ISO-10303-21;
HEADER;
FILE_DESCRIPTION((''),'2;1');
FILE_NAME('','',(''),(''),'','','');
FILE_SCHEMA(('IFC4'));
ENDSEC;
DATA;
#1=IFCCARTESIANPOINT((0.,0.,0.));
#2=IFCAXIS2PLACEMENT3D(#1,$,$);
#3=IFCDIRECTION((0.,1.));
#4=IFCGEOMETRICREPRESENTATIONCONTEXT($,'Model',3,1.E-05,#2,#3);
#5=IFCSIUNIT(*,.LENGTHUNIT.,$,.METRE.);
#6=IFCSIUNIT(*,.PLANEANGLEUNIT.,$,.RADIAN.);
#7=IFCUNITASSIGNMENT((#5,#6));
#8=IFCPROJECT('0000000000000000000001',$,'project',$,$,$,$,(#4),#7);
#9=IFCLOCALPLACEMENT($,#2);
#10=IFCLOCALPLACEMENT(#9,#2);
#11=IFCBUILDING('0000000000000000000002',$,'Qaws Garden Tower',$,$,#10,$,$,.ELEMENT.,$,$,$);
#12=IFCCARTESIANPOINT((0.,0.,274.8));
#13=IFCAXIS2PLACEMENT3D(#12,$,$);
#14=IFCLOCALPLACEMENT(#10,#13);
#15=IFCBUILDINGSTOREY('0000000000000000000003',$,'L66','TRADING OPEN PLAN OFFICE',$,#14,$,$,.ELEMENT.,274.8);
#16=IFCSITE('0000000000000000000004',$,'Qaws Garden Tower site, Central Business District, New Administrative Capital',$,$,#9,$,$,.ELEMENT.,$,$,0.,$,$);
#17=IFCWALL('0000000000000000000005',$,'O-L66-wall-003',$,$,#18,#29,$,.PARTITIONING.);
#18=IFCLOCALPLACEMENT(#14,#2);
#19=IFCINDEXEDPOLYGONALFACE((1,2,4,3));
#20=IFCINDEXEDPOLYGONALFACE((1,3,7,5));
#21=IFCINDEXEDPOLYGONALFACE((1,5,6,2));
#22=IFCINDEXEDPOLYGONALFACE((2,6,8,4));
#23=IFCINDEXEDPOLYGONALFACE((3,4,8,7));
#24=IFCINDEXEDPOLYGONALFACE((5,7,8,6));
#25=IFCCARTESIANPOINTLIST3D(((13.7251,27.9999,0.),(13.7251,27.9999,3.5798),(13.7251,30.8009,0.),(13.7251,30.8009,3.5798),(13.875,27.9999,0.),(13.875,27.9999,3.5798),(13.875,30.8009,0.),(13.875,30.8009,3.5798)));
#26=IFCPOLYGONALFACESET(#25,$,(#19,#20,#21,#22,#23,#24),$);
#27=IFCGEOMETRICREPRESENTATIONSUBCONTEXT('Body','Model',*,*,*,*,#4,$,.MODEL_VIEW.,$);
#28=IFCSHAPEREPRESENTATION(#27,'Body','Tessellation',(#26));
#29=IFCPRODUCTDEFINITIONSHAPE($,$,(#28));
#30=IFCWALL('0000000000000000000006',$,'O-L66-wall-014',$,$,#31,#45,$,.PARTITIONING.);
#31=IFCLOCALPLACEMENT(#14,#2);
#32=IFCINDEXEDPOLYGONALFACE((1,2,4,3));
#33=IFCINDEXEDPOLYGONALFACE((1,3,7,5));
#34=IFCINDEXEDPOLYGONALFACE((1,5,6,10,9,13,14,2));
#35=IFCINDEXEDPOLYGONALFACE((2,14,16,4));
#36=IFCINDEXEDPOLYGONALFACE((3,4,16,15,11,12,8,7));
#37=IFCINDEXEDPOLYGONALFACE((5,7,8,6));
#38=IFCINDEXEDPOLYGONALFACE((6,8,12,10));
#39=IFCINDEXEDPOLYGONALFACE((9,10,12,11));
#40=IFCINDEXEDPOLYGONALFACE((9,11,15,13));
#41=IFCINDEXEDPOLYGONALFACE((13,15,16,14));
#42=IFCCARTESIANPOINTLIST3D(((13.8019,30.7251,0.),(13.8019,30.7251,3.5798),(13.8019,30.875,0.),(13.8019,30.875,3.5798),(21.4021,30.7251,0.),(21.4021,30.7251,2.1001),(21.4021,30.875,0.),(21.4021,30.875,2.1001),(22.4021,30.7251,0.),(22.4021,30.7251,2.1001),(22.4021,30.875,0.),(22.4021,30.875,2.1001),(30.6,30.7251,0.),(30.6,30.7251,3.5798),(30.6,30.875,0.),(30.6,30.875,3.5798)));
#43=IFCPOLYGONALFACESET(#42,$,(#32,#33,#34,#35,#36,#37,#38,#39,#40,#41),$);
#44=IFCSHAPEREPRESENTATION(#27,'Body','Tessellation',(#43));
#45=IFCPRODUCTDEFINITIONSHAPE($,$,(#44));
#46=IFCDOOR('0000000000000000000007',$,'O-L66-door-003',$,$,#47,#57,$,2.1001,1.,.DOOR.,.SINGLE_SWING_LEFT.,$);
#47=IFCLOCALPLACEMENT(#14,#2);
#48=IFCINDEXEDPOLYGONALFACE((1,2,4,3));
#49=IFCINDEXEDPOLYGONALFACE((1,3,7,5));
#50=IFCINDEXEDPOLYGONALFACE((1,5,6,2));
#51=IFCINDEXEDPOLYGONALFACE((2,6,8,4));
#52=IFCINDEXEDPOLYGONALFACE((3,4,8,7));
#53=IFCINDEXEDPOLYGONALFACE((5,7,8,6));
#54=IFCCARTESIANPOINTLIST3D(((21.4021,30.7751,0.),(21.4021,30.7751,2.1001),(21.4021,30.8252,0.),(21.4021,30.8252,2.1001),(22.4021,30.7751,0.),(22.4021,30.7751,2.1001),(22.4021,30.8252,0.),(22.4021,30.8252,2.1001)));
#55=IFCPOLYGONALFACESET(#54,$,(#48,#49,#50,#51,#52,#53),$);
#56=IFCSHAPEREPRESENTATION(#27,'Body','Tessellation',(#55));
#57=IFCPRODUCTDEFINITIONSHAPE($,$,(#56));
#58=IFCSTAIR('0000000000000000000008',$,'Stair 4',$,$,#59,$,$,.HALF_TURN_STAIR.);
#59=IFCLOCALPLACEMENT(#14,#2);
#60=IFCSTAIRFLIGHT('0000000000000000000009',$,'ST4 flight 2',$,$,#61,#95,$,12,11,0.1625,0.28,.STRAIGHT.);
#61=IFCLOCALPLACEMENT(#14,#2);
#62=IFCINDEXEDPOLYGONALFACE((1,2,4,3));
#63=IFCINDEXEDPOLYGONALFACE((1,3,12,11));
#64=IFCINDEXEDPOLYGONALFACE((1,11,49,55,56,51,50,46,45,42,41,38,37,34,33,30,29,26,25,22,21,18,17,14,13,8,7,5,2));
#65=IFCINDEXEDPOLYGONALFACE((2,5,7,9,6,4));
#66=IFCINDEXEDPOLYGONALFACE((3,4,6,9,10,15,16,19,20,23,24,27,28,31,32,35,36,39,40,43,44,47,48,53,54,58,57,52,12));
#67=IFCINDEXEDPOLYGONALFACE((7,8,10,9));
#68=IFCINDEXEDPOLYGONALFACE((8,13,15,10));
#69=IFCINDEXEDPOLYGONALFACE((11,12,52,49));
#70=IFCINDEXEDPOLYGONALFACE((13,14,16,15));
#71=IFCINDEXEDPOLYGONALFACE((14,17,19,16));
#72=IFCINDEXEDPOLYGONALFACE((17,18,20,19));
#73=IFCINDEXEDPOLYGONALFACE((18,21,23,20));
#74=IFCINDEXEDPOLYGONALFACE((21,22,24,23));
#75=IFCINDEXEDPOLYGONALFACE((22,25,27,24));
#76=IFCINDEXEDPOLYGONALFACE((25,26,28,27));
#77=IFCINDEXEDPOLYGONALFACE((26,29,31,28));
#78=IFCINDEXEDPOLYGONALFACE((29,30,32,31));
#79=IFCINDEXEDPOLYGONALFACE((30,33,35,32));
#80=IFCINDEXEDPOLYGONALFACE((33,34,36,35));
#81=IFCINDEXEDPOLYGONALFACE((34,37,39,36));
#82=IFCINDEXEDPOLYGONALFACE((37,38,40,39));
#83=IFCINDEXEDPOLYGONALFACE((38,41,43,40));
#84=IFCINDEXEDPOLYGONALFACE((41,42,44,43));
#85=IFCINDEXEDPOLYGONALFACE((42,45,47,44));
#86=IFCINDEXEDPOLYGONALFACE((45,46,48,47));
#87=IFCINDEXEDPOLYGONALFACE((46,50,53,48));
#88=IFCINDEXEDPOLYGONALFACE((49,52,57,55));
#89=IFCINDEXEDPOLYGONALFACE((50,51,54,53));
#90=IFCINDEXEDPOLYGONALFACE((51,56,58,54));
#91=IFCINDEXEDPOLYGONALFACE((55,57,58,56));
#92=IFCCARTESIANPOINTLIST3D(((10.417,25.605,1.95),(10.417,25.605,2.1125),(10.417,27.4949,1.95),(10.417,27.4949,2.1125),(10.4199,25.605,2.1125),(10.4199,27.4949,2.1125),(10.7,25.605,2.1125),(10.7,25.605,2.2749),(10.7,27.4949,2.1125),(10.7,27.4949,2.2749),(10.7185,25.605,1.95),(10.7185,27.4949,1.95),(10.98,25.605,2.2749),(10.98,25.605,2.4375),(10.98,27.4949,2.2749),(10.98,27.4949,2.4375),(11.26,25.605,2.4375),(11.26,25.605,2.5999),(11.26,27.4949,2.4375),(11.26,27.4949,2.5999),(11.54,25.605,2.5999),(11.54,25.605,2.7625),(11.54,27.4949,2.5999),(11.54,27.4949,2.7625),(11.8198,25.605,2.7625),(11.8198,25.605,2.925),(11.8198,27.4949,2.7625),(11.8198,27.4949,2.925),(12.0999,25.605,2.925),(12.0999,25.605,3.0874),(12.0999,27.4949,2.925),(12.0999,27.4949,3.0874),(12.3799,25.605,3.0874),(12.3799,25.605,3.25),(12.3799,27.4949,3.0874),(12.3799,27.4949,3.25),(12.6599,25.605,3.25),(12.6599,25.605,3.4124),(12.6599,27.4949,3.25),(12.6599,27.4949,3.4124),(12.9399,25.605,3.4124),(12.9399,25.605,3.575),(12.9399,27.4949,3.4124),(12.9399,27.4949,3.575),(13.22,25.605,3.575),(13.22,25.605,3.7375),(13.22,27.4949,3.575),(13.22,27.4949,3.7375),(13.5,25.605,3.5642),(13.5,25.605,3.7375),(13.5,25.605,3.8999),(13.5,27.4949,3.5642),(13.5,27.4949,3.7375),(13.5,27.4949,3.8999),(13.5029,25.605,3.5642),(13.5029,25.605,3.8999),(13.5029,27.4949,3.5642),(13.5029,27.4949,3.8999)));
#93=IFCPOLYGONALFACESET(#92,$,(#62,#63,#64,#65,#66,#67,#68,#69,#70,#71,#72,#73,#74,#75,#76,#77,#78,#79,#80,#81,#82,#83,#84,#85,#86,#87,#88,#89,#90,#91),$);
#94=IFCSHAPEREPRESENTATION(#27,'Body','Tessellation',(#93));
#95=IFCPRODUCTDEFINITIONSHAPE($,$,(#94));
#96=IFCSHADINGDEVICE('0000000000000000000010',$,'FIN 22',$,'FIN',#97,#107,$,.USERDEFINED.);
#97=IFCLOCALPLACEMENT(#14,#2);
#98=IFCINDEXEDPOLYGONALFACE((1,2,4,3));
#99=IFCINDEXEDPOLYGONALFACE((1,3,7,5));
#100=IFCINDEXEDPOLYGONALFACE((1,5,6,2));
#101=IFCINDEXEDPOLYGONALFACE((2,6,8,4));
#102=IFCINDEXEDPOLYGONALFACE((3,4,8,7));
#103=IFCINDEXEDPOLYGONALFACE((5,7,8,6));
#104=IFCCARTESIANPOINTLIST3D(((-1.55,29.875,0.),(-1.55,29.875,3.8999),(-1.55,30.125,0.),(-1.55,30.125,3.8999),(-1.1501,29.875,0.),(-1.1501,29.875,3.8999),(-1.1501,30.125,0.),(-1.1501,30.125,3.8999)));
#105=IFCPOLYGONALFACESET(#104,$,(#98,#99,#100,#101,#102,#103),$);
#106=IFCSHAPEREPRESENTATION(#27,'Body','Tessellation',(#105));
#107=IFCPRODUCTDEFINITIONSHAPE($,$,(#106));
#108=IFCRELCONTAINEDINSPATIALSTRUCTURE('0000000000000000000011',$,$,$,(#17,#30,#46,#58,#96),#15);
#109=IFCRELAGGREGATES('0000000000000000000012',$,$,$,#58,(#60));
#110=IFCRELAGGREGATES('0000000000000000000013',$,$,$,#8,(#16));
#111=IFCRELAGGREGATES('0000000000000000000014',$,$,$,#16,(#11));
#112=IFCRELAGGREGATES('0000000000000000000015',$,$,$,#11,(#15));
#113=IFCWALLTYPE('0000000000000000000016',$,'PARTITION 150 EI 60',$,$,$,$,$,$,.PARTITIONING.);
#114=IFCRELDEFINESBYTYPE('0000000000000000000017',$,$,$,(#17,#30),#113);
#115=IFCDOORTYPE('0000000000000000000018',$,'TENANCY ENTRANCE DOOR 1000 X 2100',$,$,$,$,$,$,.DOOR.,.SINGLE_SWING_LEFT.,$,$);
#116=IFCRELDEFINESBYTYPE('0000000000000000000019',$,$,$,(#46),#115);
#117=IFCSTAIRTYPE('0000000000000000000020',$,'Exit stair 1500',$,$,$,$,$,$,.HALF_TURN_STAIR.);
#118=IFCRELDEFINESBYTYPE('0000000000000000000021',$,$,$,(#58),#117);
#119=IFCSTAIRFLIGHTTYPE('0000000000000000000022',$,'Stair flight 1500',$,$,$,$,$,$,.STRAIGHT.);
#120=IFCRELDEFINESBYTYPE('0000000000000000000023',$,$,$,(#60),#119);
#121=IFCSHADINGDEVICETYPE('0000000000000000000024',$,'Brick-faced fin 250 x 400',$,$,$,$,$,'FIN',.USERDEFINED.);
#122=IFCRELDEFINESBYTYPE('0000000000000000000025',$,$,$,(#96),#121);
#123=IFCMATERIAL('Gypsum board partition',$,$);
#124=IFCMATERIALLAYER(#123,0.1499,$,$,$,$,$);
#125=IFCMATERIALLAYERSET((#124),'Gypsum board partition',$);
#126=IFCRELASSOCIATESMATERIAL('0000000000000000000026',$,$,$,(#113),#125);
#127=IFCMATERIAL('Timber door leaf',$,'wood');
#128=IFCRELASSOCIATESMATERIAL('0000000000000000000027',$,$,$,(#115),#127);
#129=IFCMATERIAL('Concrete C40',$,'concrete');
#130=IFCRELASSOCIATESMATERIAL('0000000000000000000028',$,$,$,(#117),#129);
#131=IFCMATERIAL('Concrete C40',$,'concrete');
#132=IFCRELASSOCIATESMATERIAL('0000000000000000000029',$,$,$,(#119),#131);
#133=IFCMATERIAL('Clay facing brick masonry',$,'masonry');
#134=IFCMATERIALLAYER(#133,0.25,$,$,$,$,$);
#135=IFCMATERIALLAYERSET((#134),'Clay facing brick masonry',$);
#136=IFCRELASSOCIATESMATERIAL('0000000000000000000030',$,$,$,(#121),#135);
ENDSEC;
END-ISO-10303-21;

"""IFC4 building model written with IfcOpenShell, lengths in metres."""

from ifc_helpers import new_model, si_unit, direction, frame, frame_2d, origin, origin_2d, place, context, subcontext, project, spatial, polyline, rectangle, outline, extrude, material, layer, layer_set, type_object, element, fill, aggregate, save


model = new_model("IFC4")

# Units and contexts
model_context = context("Model", 3, precision=1e-05, world=origin(), true_north=direction((0.0, 1.0)))
body_context = subcontext(model_context, "Body", "Model", "MODEL_VIEW")
ifc_project = project(units=[si_unit("LENGTHUNIT", "METRE"), si_unit("PLANEANGLEUNIT", "RADIAN")], contexts=[model_context])

# Site, building, storey
site_placement = place(None, origin())
site = spatial("IfcSite", under=ifc_project, at=site_placement, Name="Qaws Garden Tower site, Central Business District, New Administrative Capital", CompositionType="ELEMENT", RefElevation=0.0)
building_placement = place(site_placement, origin())
building = spatial("IfcBuilding", under=site, at=building_placement, Name="Qaws Garden Tower", CompositionType="ELEMENT")
storey_placement = place(building_placement, frame((0.0, 0.0, 274.8)))
storey = spatial("IfcBuildingStorey", under=building, at=storey_placement, Name="L66", Description="TRADING OPEN PLAN OFFICE", CompositionType="ELEMENT", Elevation=274.8)

# Wall
ifc_material_1 = material(Name="Gypsum board partition")
ifc_layer_1 = layer(ifc_material_1, 0.1499)
ifc_layer_set_1 = layer_set([ifc_layer_1], Name="Gypsum board partition")
wall_type_1 = type_object("IfcWallType", Name="PARTITION 150 EI 60", PredefinedType="PARTITIONING", material=ifc_layer_set_1)
wall_1_placement = place(storey_placement, frame((13.8, 28.0, 0.0), z_axis=(0.0, 0.0, 1.0), x_axis=(0.0, 1.0, 0.0)))
element("IfcWall", 1, at=wall_1_placement, inside=storey, type_object=wall_type_1, Name="O-L66-wall-003", PredefinedType="PARTITIONING", context=body_context, shape_type="SweptSolid", body=[
    extrude(rectangle(XDim=2.801, YDim=0.1499, at=frame_2d((1.4004, 0.0))), origin(), (0.0, 0.0, 1.0), 3.5798),
])

# Wall, opening, door
wall_2_placement = place(storey_placement, frame((13.802, 30.8, 0.0), z_axis=(0.0, 0.0, 1.0), x_axis=(1.0, 0.0, 0.0)))
wall_2 = element("IfcWall", 2, at=wall_2_placement, inside=storey, type_object=wall_type_1, Name="O-L66-wall-014", PredefinedType="PARTITIONING", context=body_context, shape_type="SweptSolid", body=[
    extrude(rectangle(XDim=16.7981, YDim=0.1499, at=frame_2d((8.3989, 0.0))), origin(), (0.0, 0.0, 1.0), 3.5798),
])
opening_1_placement = place(wall_2_placement, frame((7.6001, 0.0, 0.0)))
opening_1 = element("IfcOpeningElement", 3, at=opening_1_placement, cuts=wall_2, PredefinedType="OPENING", context=body_context, shape_type="SweptSolid", body=[
    extrude(rectangle(XDim=1.0, YDim=2.1001, at=frame_2d((0.5, 1.05))), frame((0.0, 0.085, 0.0), z_axis=(0.0, -1.0, 0.0), x_axis=(1.0, 0.0, 0.0)), (0.0, 0.0, 1.0), 0.1699),
])
ifc_material_2 = material(Name="Timber door leaf", Category="wood")
door_type_1 = type_object("IfcDoorType", Name="TENANCY ENTRANCE DOOR 1000 X 2100", OperationType="SINGLE_SWING_LEFT", PredefinedType="DOOR", material=ifc_material_2)
door_1_placement = place(opening_1_placement, frame((1.0, 0.0, 0.0), z_axis=(0.0, 0.0, 1.0), x_axis=(-1.0, 0.0, 0.0)))
door_1 = element("IfcDoor", 4, at=door_1_placement, inside=storey, type_object=door_type_1, Name="O-L66-door-003", OperationType="SINGLE_SWING_LEFT", OverallHeight=2.1001, OverallWidth=1.0, PredefinedType="DOOR", context=body_context, shape_type="SweptSolid", body=[
    extrude(rectangle(XDim=1.0, YDim=2.1001, at=frame_2d((0.5, 1.05))), frame((0.0, 0.0249, 0.0), z_axis=(0.0, -1.0, 0.0), x_axis=(1.0, 0.0, 0.0)), (0.0, 0.0, 1.0), 0.05),
])
fill(opening_1, door_1)

# Stair, stair flight
ifc_material_3 = material(Name="Concrete C40", Category="concrete")
stair_type = type_object("IfcStairType", Name="Exit stair 1500", PredefinedType="HALF_TURN_STAIR", material=ifc_material_3)
stair_placement = place(storey_placement, origin())
stair = element("IfcStair", 5, at=stair_placement, inside=storey, type_object=stair_type, Name="Stair 4", PredefinedType="HALF_TURN_STAIR")
ifc_material_4 = material(Name="Concrete C40", Category="concrete")
stair_flight_type = type_object("IfcStairFlightType", Name="Stair flight 1500", PredefinedType="STRAIGHT", material=ifc_material_4)
stair_flight_placement = place(storey_placement, frame((10.4199, 26.55, 1.95), z_axis=(0.0, 0.0, 1.0), x_axis=(1.0, 0.0, 0.0)))
stair_flight = element("IfcStairFlight", 6, at=stair_flight_placement, type_object=stair_flight_type, Name="ST4 flight 2", NumberOfRisers=12, NumberOfTreads=11, PredefinedType="STRAIGHT", RiserHeight=0.1625, TreadLength=0.28, context=body_context, shape_type="SweptSolid", body=[
    extrude(outline(polyline([(-0.0029, 0.0), (-0.0029, 0.1626), (0.0, 0.1626), (0.28, 0.1626), (0.28, 0.325), (0.5601, 0.325), (0.5601, 0.4875), (0.8401, 0.4875), (0.8401, 0.6499), (1.1201, 0.6499), (1.1201, 0.8125), (1.3999, 0.8125), (1.3999, 0.9751), (1.6799, 0.9751), (1.6799, 1.1375), (1.96, 1.1375), (1.96, 1.3), (2.24, 1.3), (2.24, 1.4624), (2.52, 1.4624), (2.52, 1.625), (2.8, 1.625), (2.8, 1.7876), (3.0801, 1.7876), (3.0801, 1.95), (3.083, 1.95), (3.083, 1.6143), (3.0801, 1.6143), (0.2986, 0.0), (-0.0029, 0.0)])), frame((0.0, 0.9448, 0.0), z_axis=(0.0, -1.0, 0.0), x_axis=(1.0, 0.0, 0.0)), (0.0, 0.0, 1.0), 1.8899),
])
aggregate(stair, [stair_flight])

# Shading device
ifc_material_5 = material(Name="Clay facing brick masonry", Category="masonry")
ifc_layer_2 = layer(ifc_material_5, 0.25)
ifc_layer_set_2 = layer_set([ifc_layer_2], Name="Clay facing brick masonry")
shading_device_type = type_object("IfcShadingDeviceType", Name="Brick-faced fin 250 x 400", ElementType="FIN", PredefinedType="USERDEFINED", material=ifc_layer_set_2)
shading_device_placement = place(storey_placement, frame((-1.3501, 30.0, 0.0), z_axis=(0.0, 0.0, 1.0), x_axis=(0.0, -1.0, 0.0)))
element("IfcShadingDevice", 7, at=shading_device_placement, inside=storey, type_object=shading_device_type, Name="FIN 22", ObjectType="FIN", PredefinedType="USERDEFINED", context=body_context, shape_type="SweptSolid", body=[
    extrude(rectangle(XDim=0.25, YDim=0.3999, at=origin_2d()), origin(), (0.0, 0.0, 1.0), 3.8999),
])

save(model, "model.ifc")
